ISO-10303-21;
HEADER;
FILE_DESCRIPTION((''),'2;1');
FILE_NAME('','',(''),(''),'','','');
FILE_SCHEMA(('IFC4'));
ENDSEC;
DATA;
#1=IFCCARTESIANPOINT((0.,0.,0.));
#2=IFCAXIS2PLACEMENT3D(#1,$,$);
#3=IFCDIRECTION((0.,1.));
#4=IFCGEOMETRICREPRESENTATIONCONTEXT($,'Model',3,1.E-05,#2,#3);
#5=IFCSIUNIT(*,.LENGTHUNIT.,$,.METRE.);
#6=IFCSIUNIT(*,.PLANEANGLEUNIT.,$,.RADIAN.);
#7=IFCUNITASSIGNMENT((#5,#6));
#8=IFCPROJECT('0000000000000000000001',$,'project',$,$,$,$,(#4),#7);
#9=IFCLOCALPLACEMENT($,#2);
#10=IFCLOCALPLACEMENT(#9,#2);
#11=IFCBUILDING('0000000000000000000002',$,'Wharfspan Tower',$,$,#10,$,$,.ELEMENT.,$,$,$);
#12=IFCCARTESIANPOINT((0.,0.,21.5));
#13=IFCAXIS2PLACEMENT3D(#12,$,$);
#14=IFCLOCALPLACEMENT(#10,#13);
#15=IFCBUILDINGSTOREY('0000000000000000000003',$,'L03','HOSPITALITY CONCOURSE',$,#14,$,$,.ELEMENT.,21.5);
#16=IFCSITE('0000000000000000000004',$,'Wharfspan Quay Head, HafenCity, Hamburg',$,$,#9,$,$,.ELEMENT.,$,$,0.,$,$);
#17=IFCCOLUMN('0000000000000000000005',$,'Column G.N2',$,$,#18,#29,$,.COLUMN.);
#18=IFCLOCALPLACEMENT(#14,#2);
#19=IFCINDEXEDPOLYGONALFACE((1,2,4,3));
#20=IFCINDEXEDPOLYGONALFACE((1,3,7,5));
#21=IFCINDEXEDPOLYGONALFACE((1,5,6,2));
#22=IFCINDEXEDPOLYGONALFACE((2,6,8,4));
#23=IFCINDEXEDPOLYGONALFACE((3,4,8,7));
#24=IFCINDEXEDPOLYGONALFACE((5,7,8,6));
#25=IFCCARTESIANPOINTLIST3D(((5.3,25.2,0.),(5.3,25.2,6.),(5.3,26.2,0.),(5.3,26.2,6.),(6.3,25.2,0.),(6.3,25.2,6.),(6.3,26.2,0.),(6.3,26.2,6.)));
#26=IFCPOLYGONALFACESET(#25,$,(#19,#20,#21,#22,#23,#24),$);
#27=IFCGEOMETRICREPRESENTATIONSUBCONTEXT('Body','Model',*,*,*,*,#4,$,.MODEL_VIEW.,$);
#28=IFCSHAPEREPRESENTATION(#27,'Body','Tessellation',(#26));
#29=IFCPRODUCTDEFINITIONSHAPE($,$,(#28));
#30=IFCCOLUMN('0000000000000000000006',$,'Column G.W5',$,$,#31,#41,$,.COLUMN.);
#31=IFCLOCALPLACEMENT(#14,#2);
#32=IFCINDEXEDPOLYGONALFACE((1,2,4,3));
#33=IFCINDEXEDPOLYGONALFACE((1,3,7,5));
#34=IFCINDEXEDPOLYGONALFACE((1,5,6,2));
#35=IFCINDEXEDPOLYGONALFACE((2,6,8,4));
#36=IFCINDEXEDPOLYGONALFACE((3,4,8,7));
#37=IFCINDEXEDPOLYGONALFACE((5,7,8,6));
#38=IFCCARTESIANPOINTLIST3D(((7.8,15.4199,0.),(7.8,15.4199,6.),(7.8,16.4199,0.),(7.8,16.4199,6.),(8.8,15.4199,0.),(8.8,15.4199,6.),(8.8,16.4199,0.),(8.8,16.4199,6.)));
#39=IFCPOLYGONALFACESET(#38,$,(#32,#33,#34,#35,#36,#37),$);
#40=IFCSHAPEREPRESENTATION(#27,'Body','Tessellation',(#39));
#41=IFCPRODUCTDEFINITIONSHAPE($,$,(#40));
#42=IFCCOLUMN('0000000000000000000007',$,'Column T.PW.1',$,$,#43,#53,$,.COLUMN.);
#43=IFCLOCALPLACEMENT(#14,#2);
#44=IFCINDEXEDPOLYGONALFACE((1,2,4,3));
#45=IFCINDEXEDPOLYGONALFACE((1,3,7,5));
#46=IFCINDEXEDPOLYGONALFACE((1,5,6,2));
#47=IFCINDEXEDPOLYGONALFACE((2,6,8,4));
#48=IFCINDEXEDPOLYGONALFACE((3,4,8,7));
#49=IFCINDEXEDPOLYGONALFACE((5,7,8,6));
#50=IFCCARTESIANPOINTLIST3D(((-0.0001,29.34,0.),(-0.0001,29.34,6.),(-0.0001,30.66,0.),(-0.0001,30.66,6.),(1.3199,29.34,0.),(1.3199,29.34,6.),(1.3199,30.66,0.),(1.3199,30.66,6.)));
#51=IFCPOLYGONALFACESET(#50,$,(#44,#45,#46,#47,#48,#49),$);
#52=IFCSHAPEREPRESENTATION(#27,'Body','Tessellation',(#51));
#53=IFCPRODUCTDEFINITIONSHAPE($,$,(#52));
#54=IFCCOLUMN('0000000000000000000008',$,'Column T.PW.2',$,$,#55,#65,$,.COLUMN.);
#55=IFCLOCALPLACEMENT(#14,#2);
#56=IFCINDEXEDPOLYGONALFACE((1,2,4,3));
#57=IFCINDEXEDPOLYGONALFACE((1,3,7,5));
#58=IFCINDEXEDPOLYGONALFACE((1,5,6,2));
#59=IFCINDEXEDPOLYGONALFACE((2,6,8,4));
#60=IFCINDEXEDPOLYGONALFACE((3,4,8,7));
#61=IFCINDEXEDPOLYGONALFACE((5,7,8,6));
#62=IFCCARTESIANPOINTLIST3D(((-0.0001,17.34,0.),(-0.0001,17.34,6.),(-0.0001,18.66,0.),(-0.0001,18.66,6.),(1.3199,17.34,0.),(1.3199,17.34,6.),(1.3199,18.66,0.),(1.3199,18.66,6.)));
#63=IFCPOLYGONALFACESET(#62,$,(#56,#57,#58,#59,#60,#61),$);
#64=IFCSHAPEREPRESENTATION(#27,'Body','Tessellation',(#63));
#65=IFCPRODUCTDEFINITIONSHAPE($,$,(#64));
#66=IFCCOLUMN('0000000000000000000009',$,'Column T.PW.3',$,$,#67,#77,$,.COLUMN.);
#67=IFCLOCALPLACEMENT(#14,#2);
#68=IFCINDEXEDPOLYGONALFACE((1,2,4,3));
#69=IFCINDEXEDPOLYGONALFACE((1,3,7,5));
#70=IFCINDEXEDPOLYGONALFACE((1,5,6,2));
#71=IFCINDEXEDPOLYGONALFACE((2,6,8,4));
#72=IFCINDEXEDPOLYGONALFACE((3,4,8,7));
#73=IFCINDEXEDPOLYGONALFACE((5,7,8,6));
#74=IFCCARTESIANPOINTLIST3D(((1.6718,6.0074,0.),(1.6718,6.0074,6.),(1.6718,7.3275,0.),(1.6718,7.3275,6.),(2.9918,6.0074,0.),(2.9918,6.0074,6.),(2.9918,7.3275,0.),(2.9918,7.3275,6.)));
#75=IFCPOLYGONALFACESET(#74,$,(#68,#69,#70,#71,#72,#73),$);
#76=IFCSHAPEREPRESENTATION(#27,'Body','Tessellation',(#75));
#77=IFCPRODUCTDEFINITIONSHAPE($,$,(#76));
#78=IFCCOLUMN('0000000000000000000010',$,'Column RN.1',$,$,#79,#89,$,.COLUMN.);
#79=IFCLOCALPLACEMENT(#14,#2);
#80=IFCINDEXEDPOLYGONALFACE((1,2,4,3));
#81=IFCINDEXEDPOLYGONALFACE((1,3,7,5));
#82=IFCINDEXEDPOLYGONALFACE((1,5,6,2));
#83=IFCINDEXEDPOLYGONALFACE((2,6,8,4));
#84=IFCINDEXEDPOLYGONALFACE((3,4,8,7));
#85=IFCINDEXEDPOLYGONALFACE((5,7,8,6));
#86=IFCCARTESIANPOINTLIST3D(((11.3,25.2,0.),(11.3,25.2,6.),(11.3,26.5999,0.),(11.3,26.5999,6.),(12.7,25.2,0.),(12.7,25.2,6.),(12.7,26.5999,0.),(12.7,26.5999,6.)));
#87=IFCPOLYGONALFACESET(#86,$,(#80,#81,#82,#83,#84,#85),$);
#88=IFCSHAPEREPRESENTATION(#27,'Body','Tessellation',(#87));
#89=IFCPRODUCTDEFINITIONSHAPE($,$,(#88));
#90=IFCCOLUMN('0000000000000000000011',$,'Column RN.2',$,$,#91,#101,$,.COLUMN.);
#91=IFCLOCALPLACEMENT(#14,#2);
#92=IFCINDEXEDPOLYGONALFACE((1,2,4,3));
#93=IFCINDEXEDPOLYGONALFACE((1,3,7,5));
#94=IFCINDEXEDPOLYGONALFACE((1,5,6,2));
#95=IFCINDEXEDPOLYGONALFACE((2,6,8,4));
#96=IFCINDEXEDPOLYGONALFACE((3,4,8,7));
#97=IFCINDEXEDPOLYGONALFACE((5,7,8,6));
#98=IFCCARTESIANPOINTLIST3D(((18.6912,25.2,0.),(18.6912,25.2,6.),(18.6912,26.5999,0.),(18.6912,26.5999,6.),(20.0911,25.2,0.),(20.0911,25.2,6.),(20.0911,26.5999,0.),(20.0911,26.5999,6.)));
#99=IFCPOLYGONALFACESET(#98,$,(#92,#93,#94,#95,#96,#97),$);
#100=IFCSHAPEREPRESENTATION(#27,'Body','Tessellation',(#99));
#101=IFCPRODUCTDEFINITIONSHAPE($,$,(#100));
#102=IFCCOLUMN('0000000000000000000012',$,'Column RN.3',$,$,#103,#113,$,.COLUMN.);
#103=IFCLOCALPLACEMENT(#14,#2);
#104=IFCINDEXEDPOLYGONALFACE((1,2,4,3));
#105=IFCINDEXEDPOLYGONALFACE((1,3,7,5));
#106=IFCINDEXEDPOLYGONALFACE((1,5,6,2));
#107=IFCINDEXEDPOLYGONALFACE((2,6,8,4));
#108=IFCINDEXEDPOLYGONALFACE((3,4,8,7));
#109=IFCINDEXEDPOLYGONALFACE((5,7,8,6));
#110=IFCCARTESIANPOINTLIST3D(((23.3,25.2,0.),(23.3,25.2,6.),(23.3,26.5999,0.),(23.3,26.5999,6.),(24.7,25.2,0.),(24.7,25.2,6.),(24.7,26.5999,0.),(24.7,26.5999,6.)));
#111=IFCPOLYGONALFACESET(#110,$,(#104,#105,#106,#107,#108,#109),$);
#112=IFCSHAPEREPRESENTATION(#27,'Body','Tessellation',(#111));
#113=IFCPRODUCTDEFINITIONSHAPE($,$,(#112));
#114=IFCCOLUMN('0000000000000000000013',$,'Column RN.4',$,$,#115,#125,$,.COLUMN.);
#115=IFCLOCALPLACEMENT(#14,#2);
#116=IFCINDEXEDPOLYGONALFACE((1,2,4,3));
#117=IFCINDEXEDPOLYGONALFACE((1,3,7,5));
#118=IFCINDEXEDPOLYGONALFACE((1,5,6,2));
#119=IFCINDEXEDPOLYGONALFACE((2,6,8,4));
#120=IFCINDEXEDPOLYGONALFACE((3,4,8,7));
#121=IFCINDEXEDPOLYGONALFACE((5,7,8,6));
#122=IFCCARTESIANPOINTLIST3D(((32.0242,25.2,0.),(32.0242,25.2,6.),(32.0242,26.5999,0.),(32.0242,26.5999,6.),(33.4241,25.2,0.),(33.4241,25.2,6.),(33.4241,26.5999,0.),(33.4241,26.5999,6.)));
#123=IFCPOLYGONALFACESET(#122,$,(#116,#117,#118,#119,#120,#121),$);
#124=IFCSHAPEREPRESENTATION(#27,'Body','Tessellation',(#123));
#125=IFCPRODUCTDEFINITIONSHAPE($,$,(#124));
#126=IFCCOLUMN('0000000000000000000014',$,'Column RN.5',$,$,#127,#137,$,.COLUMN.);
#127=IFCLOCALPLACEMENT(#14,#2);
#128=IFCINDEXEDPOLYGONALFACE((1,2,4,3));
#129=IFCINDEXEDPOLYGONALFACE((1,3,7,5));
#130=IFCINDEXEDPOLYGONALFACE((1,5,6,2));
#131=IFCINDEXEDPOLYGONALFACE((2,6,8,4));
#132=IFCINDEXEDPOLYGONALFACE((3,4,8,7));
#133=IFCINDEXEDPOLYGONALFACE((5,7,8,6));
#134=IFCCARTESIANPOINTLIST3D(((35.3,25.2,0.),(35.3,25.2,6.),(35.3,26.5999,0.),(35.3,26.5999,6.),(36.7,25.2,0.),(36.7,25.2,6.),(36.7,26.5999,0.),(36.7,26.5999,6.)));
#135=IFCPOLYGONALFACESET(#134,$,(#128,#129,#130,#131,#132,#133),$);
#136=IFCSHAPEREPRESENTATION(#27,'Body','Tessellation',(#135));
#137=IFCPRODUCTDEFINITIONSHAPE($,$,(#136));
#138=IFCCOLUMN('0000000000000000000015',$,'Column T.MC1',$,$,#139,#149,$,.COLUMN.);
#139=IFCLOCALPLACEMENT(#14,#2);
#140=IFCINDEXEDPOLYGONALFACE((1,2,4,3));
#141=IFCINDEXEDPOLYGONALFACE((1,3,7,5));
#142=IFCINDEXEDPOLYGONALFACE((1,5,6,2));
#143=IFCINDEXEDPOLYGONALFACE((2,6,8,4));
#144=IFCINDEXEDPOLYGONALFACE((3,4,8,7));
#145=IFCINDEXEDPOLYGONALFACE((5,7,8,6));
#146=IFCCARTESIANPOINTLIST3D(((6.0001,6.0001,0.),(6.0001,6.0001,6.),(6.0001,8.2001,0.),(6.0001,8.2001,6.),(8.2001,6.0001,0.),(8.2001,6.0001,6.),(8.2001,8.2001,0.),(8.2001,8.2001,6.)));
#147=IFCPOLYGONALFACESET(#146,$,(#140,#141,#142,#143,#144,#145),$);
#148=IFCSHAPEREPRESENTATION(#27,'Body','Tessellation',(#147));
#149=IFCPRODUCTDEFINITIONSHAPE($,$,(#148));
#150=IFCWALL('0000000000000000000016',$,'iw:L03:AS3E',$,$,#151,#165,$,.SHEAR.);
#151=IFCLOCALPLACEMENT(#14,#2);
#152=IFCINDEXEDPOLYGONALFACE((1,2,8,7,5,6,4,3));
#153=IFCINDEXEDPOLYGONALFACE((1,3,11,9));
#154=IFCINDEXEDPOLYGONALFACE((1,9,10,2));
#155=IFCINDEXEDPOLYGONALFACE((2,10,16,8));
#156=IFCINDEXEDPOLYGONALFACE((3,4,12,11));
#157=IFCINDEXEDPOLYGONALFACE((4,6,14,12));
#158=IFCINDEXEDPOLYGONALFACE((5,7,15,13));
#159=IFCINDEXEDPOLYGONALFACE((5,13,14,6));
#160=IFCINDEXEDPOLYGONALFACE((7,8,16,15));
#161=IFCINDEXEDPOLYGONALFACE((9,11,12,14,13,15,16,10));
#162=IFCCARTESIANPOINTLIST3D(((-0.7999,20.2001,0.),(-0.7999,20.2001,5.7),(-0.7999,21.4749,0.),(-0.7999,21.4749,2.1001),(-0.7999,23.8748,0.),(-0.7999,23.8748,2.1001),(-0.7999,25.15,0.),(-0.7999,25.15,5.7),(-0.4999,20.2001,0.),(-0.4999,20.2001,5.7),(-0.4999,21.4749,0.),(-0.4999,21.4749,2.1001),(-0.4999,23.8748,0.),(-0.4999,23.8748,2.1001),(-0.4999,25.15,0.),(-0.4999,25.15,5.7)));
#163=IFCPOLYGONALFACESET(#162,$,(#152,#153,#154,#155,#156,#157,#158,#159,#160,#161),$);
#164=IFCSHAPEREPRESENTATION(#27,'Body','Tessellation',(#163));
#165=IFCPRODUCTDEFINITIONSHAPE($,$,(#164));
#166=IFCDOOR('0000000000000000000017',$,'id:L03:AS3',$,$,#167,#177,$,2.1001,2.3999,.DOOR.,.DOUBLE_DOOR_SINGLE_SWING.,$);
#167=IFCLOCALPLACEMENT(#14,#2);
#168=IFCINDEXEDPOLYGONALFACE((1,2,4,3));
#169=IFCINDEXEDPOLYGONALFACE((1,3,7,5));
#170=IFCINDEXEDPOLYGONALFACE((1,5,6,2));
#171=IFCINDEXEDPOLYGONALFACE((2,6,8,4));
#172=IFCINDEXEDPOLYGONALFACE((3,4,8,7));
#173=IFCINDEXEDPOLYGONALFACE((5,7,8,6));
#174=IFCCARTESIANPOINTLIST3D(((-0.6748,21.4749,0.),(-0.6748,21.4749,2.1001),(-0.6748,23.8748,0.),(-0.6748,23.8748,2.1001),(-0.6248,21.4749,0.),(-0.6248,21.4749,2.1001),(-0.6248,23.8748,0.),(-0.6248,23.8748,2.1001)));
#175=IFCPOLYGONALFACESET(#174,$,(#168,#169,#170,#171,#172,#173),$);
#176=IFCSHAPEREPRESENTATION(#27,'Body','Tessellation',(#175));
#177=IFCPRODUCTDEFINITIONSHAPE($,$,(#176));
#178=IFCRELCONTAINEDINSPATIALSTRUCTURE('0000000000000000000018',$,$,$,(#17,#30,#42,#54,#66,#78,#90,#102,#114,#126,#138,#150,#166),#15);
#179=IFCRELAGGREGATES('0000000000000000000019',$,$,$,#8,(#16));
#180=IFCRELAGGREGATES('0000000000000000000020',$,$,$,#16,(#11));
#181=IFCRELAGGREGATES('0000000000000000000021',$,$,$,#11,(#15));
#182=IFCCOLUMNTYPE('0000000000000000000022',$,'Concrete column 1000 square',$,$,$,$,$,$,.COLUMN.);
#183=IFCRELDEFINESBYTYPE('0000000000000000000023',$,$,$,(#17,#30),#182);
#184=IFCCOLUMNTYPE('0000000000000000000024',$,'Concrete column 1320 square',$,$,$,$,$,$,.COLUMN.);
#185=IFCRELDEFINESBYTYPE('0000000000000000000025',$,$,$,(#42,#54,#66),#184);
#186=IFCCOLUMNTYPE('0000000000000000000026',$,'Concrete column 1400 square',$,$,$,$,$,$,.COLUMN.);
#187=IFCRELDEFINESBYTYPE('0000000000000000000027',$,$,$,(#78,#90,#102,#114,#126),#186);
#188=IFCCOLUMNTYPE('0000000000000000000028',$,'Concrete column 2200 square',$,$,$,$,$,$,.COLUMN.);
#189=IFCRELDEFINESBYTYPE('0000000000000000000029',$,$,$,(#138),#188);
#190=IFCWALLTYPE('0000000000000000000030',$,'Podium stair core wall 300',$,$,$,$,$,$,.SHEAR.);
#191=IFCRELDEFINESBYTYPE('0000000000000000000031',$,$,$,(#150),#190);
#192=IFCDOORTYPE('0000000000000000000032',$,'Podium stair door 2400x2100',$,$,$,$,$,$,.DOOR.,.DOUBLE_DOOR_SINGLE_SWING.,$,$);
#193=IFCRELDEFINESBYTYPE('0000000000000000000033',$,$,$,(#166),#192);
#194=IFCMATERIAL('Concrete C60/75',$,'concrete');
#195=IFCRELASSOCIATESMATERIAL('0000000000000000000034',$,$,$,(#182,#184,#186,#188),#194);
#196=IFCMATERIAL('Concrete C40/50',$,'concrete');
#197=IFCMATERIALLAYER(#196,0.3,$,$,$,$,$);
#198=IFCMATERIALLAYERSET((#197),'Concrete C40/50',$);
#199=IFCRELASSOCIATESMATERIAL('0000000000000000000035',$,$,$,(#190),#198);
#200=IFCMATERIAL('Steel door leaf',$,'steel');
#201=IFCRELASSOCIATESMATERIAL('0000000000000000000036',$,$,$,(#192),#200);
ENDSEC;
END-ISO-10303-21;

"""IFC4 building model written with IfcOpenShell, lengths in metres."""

from ifc_helpers import new_model, si_unit, direction, frame, frame_2d, origin, origin_2d, place, context, subcontext, project, spatial, rectangle, extrude, material, layer, layer_set, material_profile, profile_set, type_object, element, fill, save


model = new_model("IFC4")

# Units and contexts
model_context = context("Model", 3, precision=1e-05, world=origin(), true_north=direction((0.0, 1.0)))
body_context = subcontext(model_context, "Body", "Model", "MODEL_VIEW")
ifc_project = project(units=[si_unit("LENGTHUNIT", "METRE"), si_unit("PLANEANGLEUNIT", "RADIAN")], contexts=[model_context])

# Site, building, storey
site_placement = place(None, origin())
site = spatial("IfcSite", under=ifc_project, at=site_placement, Name="Wharfspan Quay Head, HafenCity, Hamburg", CompositionType="ELEMENT", RefElevation=0.0)
building_placement = place(site_placement, origin())
building = spatial("IfcBuilding", under=site, at=building_placement, Name="Wharfspan Tower", CompositionType="ELEMENT")
storey_placement = place(building_placement, frame((0.0, 0.0, 21.5)))
storey = spatial("IfcBuildingStorey", under=building, at=storey_placement, Name="L03", Description="HOSPITALITY CONCOURSE", CompositionType="ELEMENT", Elevation=21.5)

# Columns
ifc_material_1 = material(Name="Concrete C60/75", Category="concrete")
ifc_material_profile_1 = material_profile(ifc_material_1, rectangle(XDim=1.0, YDim=1.0, at=origin_2d()))
ifc_profile_set_1 = profile_set([ifc_material_profile_1], Name="Concrete C60/75")
column_type_1 = type_object("IfcColumnType", Name="Concrete column 1000 square", PredefinedType="COLUMN", material=ifc_profile_set_1)
for number, where, z_axis, x_axis, name in (
    (1, (5.8, 25.7, 0.0), (0.0, 0.0, 1.0), (1.0, 0.0, 0.0), "Column G.N2"),
    (2, (8.3, 15.9199, 0.0), (0.0, 0.0, 1.0), (1.0, 0.0, 0.0), "Column G.W5"),
):
    element("IfcColumn", number, at=place(storey_placement, frame(where, z_axis=z_axis, x_axis=x_axis)), inside=storey, type_object=column_type_1, Name=name, PredefinedType="COLUMN", context=body_context, shape_type="SweptSolid", body=[
        extrude(rectangle(XDim=1.0, YDim=1.0, at=origin_2d()), origin(), (0.0, 0.0, 1.0), 6.0),
    ])
ifc_material_profile_2 = material_profile(ifc_material_1, rectangle(XDim=1.3201, YDim=1.3201, at=origin_2d()))
ifc_profile_set_2 = profile_set([ifc_material_profile_2], Name="Concrete C60/75")
column_type_2 = type_object("IfcColumnType", Name="Concrete column 1320 square", PredefinedType="COLUMN", material=ifc_profile_set_2)
for number, where, z_axis, x_axis, name in (
    (3, (0.6599, 30.0, 0.0), (0.0, 0.0, 1.0), (1.0, 0.0, 0.0), "Column T.PW.1"),
    (4, (0.6599, 18.0, 0.0), (0.0, 0.0, 1.0), (1.0, 0.0, 0.0), "Column T.PW.2"),
    (5, (2.3318, 6.6675, 0.0), (0.0, 0.0, 1.0), (1.0, 0.0, 0.0), "Column T.PW.3"),
):
    element("IfcColumn", number, at=place(storey_placement, frame(where, z_axis=z_axis, x_axis=x_axis)), inside=storey, type_object=column_type_2, Name=name, PredefinedType="COLUMN", context=body_context, shape_type="SweptSolid", body=[
        extrude(rectangle(XDim=1.3201, YDim=1.3201, at=origin_2d()), origin(), (0.0, 0.0, 1.0), 6.0),
    ])
ifc_material_profile_3 = material_profile(ifc_material_1, rectangle(XDim=1.3999, YDim=1.3999, at=origin_2d()))
ifc_profile_set_3 = profile_set([ifc_material_profile_3], Name="Concrete C60/75")
column_type_3 = type_object("IfcColumnType", Name="Concrete column 1400 square", PredefinedType="COLUMN", material=ifc_profile_set_3)
for number, where, z_axis, x_axis, name in (
    (6, (12.0, 25.8999, 0.0), (0.0, 0.0, 1.0), (1.0, 0.0, 0.0), "Column RN.1"),
    (7, (19.3911, 25.8999, 0.0), (0.0, 0.0, 1.0), (1.0, 0.0, 0.0), "Column RN.2"),
    (8, (24.0, 25.8999, 0.0), (0.0, 0.0, 1.0), (1.0, 0.0, 0.0), "Column RN.3"),
    (9, (32.7241, 25.8999, 0.0), (0.0, 0.0, 1.0), (1.0, 0.0, 0.0), "Column RN.4"),
    (10, (36.0, 25.8999, 0.0), (0.0, 0.0, 1.0), (1.0, 0.0, 0.0), "Column RN.5"),
):
    element("IfcColumn", number, at=place(storey_placement, frame(where, z_axis=z_axis, x_axis=x_axis)), inside=storey, type_object=column_type_3, Name=name, PredefinedType="COLUMN", context=body_context, shape_type="SweptSolid", body=[
        extrude(rectangle(XDim=1.3999, YDim=1.3999, at=origin_2d()), origin(), (0.0, 0.0, 1.0), 6.0),
    ])
ifc_material_profile_4 = material_profile(ifc_material_1, rectangle(XDim=2.2, YDim=2.2, at=origin_2d()))
ifc_profile_set_4 = profile_set([ifc_material_profile_4], Name="Concrete C60/75")
column_type_4 = type_object("IfcColumnType", Name="Concrete column 2200 square", PredefinedType="COLUMN", material=ifc_profile_set_4)
column_placement = place(storey_placement, frame((7.1001, 7.1001, 0.0), z_axis=(0.0, 0.0, 1.0), x_axis=(1.0, 0.0, 0.0)))
element("IfcColumn", 11, at=column_placement, inside=storey, type_object=column_type_4, Name="Column T.MC1", PredefinedType="COLUMN", context=body_context, shape_type="SweptSolid", body=[
    extrude(rectangle(XDim=2.2, YDim=2.2, at=origin_2d()), origin(), (0.0, 0.0, 1.0), 6.0),
])

# Wall, opening, door
ifc_material_2 = material(Name="Concrete C40/50", Category="concrete")
ifc_layer = layer(ifc_material_2, 0.3)
ifc_layer_set = layer_set([ifc_layer], Name="Concrete C40/50")
wall_type = type_object("IfcWallType", Name="Podium stair core wall 300", PredefinedType="SHEAR", material=ifc_layer_set)
wall_1_placement = place(storey_placement, frame((-0.6499, 20.2, 0.0), z_axis=(0.0, 0.0, 1.0), x_axis=(0.0, 1.0, 0.0)))
wall_1 = element("IfcWall", 12, at=wall_1_placement, inside=storey, type_object=wall_type, Name="iw:L03:AS3E", PredefinedType="SHEAR", context=body_context, shape_type="SweptSolid", body=[
    extrude(rectangle(XDim=4.95, YDim=0.3, at=frame_2d((2.4751, 0.0))), origin(), (0.0, 0.0, 1.0), 5.7),
])
opening_1_placement = place(wall_1_placement, frame((1.2749, 0.0, 0.0)))
opening_1 = element("IfcOpeningElement", 13, at=opening_1_placement, cuts=wall_1, PredefinedType="OPENING", context=body_context, shape_type="SweptSolid", body=[
    extrude(rectangle(XDim=2.3999, YDim=2.1001, at=frame_2d((1.2, 1.05))), frame((0.0, 0.1599, 0.0), z_axis=(0.0, -1.0, 0.0), x_axis=(1.0, 0.0, 0.0)), (0.0, 0.0, 1.0), 0.3201),
])
ifc_material_3 = material(Name="Steel door leaf", Category="steel")
door_type = type_object("IfcDoorType", Name="Podium stair door 2400x2100", OperationType="DOUBLE_DOOR_SINGLE_SWING", PredefinedType="DOOR", material=ifc_material_3)
door_1_placement = place(opening_1_placement, origin())
door_1 = element("IfcDoor", 14, at=door_1_placement, inside=storey, type_object=door_type, Name="id:L03:AS3", OperationType="DOUBLE_DOOR_SINGLE_SWING", OverallHeight=2.1001, OverallWidth=2.3999, PredefinedType="DOOR", context=body_context, shape_type="SweptSolid", body=[
    extrude(rectangle(XDim=2.3999, YDim=2.1001, at=frame_2d((1.2, 1.05))), frame((0.0, 0.0249, 0.0), z_axis=(0.0, -1.0, 0.0), x_axis=(1.0, 0.0, 0.0)), (0.0, 0.0, 1.0), 0.05),
])
fill(opening_1, door_1)

save(model, "model.ifc")
